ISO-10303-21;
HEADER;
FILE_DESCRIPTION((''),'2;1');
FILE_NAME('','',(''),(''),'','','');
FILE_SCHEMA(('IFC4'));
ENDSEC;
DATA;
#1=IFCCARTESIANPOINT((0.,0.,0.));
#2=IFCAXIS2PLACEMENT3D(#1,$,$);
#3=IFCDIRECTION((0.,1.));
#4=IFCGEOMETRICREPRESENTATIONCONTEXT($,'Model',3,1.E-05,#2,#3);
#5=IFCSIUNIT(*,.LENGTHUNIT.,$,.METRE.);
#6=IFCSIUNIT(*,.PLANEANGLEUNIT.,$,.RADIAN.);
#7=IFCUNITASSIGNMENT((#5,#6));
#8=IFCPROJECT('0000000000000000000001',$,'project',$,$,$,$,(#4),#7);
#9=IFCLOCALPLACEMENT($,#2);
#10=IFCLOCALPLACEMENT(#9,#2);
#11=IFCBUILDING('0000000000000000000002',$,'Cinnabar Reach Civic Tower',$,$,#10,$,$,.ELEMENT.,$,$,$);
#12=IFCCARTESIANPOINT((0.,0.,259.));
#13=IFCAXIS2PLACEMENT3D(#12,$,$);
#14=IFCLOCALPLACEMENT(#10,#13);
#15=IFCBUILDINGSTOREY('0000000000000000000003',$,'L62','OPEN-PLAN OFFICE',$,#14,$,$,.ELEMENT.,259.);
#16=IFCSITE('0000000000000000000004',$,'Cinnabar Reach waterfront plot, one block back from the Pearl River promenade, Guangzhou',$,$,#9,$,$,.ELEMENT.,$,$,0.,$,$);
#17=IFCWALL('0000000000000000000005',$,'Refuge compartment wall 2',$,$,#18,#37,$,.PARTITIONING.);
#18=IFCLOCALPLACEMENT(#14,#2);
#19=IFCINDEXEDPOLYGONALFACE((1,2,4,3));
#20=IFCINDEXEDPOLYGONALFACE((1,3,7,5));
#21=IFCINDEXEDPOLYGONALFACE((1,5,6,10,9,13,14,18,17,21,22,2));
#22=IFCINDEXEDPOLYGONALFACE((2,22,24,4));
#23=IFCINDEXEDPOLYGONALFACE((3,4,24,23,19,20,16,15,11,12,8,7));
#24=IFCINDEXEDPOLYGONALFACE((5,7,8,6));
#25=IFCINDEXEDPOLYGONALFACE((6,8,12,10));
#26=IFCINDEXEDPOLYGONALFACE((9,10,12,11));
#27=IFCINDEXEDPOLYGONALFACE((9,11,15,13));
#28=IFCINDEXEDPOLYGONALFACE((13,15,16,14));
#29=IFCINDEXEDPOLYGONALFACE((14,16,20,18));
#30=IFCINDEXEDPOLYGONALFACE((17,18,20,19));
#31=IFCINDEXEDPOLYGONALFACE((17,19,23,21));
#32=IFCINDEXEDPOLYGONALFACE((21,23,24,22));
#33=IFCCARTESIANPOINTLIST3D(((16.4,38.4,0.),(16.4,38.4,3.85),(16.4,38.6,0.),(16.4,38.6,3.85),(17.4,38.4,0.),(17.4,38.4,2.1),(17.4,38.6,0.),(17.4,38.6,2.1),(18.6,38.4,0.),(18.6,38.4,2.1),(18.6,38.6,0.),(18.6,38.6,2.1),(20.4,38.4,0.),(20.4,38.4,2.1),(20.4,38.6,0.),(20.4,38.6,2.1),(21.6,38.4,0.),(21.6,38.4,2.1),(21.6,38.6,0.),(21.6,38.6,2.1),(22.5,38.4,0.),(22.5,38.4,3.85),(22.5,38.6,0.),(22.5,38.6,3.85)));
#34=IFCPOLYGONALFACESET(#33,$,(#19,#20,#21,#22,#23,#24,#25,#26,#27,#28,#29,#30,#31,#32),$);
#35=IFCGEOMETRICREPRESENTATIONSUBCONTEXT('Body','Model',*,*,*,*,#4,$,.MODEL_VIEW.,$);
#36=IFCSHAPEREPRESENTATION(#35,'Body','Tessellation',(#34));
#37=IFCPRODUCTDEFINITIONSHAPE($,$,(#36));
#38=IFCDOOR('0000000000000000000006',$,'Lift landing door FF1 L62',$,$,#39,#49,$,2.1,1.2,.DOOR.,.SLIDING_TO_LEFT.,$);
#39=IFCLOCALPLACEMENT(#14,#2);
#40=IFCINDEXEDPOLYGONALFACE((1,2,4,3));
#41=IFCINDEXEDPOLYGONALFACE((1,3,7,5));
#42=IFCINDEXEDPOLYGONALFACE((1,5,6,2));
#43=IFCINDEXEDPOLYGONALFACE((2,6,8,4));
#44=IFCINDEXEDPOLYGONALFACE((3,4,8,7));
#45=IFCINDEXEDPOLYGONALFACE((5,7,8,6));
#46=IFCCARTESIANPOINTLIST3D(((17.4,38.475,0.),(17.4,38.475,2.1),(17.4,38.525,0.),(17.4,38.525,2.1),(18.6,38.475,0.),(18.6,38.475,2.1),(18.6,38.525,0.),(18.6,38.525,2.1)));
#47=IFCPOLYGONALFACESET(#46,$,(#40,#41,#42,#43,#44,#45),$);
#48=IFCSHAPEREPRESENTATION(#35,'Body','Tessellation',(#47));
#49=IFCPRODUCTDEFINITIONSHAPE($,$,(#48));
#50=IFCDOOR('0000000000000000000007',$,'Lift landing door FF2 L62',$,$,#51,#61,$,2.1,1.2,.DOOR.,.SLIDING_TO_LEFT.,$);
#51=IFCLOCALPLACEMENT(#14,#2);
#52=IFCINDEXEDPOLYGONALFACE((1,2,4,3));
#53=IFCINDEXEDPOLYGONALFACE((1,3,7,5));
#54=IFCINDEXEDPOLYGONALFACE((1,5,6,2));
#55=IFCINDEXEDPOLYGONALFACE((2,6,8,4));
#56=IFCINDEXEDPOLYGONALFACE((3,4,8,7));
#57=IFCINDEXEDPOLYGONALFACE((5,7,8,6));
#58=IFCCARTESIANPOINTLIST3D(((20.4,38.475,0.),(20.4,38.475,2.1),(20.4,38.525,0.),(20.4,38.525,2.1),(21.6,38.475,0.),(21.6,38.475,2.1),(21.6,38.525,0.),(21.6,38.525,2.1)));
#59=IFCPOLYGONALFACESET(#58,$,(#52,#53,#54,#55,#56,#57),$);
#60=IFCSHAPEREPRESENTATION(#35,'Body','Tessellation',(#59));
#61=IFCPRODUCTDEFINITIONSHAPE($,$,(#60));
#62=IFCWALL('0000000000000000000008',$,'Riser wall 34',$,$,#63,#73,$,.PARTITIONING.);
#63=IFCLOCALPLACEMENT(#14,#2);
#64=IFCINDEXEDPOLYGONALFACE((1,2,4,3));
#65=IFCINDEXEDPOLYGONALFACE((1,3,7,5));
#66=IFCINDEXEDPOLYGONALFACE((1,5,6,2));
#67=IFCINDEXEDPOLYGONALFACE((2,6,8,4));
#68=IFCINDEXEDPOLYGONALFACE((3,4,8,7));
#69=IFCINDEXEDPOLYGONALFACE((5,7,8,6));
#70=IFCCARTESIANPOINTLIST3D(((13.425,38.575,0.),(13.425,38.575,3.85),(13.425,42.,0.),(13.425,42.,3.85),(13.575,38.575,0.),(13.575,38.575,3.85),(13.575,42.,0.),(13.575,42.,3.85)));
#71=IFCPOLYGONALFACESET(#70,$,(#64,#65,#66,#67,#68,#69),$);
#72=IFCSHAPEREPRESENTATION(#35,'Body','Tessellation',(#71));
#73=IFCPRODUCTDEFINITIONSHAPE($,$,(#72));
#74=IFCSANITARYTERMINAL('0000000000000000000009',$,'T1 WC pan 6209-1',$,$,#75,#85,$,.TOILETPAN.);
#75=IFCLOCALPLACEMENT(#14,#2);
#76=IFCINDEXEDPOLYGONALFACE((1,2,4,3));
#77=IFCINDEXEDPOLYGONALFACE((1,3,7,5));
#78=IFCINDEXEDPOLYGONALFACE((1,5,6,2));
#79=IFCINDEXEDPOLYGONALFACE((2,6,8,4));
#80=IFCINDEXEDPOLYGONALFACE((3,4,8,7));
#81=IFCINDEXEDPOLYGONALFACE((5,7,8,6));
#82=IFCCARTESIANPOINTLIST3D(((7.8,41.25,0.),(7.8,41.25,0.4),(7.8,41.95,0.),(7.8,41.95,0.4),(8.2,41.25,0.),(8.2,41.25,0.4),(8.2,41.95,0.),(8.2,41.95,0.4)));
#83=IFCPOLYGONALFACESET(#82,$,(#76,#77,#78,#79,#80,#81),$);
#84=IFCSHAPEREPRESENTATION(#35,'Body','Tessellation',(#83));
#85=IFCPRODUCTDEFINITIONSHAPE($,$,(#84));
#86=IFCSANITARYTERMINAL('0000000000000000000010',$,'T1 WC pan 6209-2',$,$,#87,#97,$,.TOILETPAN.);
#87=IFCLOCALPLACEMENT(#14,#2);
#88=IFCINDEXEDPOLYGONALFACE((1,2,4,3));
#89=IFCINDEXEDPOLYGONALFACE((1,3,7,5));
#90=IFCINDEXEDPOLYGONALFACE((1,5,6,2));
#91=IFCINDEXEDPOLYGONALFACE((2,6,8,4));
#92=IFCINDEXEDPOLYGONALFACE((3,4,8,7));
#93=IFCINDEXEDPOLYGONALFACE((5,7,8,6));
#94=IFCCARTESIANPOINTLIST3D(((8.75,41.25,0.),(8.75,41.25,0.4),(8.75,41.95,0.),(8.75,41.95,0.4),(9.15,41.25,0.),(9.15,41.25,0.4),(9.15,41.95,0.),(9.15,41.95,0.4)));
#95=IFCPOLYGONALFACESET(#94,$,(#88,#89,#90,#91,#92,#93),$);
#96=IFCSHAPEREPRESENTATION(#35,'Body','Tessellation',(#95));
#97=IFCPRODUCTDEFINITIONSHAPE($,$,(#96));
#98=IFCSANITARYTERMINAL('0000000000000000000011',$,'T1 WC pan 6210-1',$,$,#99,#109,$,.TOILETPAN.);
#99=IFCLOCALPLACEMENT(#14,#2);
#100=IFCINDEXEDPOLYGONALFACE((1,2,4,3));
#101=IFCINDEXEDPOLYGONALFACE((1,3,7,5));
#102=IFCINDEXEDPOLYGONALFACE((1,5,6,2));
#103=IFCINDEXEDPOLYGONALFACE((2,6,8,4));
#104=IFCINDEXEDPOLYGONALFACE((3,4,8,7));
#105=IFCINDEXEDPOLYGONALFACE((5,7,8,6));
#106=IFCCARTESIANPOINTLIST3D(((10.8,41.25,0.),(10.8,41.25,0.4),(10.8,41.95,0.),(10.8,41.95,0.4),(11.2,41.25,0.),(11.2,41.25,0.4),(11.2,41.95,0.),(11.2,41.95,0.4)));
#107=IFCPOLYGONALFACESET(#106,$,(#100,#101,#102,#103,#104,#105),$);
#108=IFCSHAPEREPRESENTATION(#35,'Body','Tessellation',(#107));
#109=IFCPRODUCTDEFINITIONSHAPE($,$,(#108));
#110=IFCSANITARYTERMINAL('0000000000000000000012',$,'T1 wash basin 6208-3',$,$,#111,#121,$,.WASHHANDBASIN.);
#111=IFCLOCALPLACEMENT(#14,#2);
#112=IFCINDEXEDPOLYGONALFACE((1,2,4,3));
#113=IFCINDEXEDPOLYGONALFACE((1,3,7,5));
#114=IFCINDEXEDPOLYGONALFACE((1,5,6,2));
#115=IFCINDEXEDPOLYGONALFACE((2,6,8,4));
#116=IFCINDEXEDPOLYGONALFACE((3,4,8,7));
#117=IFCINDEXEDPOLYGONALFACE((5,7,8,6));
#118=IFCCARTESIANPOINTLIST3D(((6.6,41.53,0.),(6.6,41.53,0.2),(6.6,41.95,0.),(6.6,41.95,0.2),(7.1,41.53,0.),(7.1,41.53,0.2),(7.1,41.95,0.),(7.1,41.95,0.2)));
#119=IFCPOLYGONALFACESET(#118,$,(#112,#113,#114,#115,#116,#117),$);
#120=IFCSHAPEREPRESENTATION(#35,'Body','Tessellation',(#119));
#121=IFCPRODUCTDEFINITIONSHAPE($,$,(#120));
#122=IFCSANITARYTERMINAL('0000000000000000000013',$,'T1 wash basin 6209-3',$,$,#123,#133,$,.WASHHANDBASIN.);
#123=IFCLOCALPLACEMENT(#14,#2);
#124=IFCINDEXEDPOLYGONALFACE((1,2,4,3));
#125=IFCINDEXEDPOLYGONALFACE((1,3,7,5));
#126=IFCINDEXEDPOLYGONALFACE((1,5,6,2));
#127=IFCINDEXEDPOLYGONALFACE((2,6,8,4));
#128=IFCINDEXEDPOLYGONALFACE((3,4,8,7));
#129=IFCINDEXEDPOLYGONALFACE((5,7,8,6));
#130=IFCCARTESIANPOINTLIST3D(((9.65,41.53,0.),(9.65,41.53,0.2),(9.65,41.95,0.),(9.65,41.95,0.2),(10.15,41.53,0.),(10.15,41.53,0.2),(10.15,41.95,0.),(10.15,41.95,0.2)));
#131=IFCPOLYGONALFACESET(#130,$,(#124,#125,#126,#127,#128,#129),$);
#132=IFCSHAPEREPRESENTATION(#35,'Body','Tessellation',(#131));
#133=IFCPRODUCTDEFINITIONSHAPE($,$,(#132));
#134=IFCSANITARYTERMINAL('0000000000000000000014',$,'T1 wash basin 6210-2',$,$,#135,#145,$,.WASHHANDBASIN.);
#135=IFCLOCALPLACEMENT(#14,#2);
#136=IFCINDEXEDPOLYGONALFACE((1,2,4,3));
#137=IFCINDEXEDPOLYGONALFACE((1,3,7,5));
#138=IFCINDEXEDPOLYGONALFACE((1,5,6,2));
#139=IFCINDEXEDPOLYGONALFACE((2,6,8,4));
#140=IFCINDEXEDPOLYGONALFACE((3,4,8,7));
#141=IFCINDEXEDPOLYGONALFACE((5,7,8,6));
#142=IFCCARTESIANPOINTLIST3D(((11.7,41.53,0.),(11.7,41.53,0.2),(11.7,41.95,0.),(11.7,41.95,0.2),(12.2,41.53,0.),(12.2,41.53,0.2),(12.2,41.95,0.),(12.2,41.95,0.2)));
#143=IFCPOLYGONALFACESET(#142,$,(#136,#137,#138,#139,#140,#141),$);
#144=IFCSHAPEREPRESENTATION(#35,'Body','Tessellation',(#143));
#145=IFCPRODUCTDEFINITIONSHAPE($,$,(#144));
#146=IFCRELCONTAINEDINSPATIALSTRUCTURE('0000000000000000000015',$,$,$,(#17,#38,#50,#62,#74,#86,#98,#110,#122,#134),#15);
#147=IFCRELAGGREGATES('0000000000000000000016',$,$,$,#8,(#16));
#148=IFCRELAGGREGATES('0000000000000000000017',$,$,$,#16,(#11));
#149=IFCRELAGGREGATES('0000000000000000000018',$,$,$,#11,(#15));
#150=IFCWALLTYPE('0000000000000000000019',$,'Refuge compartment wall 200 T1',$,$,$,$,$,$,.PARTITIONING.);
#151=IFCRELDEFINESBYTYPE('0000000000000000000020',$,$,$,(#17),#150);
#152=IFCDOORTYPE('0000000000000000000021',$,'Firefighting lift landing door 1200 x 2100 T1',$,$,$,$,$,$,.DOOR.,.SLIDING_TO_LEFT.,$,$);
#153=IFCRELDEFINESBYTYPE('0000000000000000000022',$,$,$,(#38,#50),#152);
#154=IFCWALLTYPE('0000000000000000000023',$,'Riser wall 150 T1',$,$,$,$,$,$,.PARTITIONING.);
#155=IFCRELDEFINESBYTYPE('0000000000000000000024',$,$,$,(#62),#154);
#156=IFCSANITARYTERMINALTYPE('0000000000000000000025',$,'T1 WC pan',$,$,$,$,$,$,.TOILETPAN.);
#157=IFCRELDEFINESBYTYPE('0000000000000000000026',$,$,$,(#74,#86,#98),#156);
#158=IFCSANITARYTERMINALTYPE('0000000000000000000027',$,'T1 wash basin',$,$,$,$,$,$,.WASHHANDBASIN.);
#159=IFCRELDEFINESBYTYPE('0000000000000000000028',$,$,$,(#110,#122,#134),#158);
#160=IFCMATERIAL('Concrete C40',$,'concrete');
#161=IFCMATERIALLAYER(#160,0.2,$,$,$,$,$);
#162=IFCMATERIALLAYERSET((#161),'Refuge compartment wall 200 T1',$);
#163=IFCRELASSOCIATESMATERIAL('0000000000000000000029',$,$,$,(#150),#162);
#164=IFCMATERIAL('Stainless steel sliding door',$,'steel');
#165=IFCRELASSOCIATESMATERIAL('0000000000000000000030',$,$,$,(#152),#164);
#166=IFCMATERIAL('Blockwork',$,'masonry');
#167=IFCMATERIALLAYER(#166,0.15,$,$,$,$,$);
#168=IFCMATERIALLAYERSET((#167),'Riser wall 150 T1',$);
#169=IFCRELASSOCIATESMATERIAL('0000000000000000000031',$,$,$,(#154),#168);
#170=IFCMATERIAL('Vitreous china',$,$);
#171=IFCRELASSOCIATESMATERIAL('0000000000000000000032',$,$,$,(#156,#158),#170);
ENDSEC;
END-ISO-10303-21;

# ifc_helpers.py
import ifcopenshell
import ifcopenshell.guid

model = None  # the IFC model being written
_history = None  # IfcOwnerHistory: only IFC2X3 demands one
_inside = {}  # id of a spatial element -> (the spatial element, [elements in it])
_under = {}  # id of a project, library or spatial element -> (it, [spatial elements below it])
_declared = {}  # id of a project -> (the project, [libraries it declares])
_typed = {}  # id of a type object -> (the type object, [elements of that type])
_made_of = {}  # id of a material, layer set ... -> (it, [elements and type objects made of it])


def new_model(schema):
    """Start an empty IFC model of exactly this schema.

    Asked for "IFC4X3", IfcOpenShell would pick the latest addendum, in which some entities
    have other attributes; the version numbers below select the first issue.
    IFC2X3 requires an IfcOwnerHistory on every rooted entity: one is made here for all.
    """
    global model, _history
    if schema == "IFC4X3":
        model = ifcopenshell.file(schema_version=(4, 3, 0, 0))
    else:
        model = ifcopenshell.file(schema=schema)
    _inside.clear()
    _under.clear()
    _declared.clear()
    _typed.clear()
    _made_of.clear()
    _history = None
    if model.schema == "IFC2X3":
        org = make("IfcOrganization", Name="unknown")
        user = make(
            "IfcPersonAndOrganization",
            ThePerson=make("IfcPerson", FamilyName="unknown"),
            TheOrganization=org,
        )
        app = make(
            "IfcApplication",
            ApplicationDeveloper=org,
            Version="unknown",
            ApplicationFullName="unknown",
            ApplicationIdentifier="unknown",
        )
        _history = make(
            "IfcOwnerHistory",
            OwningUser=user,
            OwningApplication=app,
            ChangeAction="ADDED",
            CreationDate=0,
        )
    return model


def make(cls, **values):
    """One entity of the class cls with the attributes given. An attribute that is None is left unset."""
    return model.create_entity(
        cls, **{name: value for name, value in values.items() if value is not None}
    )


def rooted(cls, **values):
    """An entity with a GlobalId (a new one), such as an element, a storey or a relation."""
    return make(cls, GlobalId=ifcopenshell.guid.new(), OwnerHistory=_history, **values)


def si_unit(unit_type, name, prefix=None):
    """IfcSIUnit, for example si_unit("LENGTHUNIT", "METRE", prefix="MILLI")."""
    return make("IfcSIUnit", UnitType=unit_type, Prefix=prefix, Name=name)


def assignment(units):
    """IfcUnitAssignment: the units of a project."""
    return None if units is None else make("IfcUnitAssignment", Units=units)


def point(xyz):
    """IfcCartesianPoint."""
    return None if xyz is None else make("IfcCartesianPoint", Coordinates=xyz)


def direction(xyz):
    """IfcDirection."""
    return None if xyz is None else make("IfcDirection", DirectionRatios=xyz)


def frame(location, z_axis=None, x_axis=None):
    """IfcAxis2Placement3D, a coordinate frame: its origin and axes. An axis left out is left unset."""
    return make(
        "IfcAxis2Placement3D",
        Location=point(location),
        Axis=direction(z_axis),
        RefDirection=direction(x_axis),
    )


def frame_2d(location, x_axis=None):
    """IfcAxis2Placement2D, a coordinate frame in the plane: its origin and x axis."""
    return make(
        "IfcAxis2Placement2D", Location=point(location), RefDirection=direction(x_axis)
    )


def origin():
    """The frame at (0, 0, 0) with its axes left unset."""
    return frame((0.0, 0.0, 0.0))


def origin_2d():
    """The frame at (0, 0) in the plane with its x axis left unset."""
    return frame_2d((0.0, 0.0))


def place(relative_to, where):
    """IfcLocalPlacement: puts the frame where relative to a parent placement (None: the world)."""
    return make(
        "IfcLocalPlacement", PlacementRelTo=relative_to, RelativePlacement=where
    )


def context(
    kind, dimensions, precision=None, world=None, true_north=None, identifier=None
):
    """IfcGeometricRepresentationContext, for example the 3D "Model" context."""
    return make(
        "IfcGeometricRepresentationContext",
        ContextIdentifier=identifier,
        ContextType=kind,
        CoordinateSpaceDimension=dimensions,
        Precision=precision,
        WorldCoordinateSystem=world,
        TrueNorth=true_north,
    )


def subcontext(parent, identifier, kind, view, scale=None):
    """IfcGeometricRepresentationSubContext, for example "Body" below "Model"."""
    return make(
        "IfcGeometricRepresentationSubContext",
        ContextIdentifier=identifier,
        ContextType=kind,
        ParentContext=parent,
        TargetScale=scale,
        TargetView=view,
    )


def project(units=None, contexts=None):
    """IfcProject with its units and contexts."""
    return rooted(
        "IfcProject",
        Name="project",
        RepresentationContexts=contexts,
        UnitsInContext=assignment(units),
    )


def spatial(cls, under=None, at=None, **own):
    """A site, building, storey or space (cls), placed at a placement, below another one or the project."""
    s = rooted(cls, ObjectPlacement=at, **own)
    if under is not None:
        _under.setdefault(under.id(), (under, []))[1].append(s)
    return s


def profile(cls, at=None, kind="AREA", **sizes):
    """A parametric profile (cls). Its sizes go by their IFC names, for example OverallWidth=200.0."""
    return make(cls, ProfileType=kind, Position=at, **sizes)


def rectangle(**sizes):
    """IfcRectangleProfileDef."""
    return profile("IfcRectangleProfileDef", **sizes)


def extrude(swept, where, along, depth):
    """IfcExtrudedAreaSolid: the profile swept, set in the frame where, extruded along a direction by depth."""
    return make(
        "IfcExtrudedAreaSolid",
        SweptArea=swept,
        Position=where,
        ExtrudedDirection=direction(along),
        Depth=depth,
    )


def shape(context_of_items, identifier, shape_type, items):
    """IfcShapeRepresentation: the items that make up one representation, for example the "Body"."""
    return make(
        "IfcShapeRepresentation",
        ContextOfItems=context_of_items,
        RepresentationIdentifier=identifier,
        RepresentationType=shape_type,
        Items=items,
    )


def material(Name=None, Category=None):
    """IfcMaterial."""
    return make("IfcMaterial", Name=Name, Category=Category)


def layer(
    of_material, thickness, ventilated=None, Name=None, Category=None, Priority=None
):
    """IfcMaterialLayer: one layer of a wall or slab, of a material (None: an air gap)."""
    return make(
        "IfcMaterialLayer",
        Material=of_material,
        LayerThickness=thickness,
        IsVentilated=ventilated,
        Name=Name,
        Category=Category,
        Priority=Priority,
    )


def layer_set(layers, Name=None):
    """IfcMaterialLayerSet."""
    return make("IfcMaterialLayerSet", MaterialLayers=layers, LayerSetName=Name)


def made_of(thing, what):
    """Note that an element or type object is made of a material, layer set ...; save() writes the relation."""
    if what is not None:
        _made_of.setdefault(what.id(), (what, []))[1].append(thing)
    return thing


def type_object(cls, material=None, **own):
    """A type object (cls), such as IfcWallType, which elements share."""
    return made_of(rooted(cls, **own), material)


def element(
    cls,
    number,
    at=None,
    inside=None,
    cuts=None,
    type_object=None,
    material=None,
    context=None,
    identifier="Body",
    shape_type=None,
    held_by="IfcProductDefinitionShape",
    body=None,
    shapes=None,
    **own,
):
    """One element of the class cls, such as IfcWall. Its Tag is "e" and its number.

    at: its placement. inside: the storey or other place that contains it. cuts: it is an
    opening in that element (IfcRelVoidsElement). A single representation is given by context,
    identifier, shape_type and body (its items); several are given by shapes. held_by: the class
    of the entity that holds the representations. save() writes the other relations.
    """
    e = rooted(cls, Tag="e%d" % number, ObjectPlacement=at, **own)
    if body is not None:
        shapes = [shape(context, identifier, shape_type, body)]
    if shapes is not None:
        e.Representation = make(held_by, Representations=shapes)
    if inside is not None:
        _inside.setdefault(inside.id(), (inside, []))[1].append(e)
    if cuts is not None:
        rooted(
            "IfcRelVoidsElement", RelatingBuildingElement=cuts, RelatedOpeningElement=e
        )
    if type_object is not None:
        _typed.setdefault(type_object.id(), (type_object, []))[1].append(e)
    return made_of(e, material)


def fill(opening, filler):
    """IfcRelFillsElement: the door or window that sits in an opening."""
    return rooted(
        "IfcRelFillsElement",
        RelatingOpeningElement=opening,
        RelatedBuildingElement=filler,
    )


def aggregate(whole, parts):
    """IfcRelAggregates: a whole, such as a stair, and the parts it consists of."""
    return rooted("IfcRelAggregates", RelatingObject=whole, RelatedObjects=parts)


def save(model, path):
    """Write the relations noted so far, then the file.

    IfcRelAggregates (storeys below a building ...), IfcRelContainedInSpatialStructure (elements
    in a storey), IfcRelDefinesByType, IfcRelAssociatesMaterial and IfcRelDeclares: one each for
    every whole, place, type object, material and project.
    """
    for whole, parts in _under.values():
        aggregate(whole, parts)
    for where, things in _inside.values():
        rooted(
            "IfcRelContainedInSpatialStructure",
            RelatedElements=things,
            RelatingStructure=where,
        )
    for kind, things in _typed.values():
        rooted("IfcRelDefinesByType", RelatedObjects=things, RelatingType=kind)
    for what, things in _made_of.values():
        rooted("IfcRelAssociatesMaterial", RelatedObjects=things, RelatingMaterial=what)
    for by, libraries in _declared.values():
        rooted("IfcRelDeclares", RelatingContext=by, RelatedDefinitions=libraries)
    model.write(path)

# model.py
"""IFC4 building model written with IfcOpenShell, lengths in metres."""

from ifc_helpers import new_model, si_unit, direction, frame, frame_2d, origin, origin_2d, place, context, subcontext, project, spatial, rectangle, extrude, material, layer, layer_set, type_object, element, fill, save


model = new_model("IFC4")

# Units and contexts
model_context = context("Model", 3, precision=1e-05, world=origin(), true_north=direction((0.0, 1.0)))
body_context = subcontext(model_context, "Body", "Model", "MODEL_VIEW")
ifc_project = project(units=[si_unit("LENGTHUNIT", "METRE"), si_unit("PLANEANGLEUNIT", "RADIAN")], contexts=[model_context])

# Site, building, storey
site_placement = place(None, origin())
site = spatial("IfcSite", under=ifc_project, at=site_placement, Name="Cinnabar Reach waterfront plot, one block back from the Pearl River promenade, Guangzhou", CompositionType="ELEMENT", RefElevation=0.0)
building_placement = place(site_placement, origin())
building = spatial("IfcBuilding", under=site, at=building_placement, Name="Cinnabar Reach Civic Tower", CompositionType="ELEMENT")
storey_placement = place(building_placement, frame((0.0, 0.0, 259.0)))
storey = spatial("IfcBuildingStorey", under=building, at=storey_placement, Name="L62", Description="OPEN-PLAN OFFICE", CompositionType="ELEMENT", Elevation=259.0)

# Wall, openings, doors
ifc_material_1 = material(Name="Concrete C40", Category="concrete")
ifc_layer_1 = layer(ifc_material_1, 0.2)
ifc_layer_set_1 = layer_set([ifc_layer_1], Name="Refuge compartment wall 200 T1")
wall_type_1 = type_object("IfcWallType", Name="Refuge compartment wall 200 T1", PredefinedType="PARTITIONING", material=ifc_layer_set_1)
wall_1_placement = place(storey_placement, frame((16.4, 38.5, 0.0), z_axis=(0.0, 0.0, 1.0), x_axis=(1.0, 0.0, 0.0)))
wall_1 = element("IfcWall", 1, at=wall_1_placement, inside=storey, type_object=wall_type_1, Name="Refuge compartment wall 2", PredefinedType="PARTITIONING", context=body_context, shape_type="SweptSolid", body=[
    extrude(rectangle(XDim=6.1, YDim=0.2, at=frame_2d((3.05, 0.0))), origin(), (0.0, 0.0, 1.0), 3.85),
])
opening_1_placement = place(wall_1_placement, frame((1.0, 0.0, 0.0)))
opening_1 = element("IfcOpeningElement", 2, at=opening_1_placement, cuts=wall_1, PredefinedType="OPENING", context=body_context, shape_type="SweptSolid", body=[
    extrude(rectangle(XDim=1.2, YDim=2.1, at=frame_2d((0.6, 1.05))), frame((0.0, 0.11, 0.0), z_axis=(0.0, -1.0, 0.0), x_axis=(1.0, 0.0, 0.0)), (0.0, 0.0, 1.0), 0.22),
])
opening_2_placement = place(wall_1_placement, frame((4.0, 0.0, 0.0)))
opening_2 = element("IfcOpeningElement", 3, at=opening_2_placement, cuts=wall_1, PredefinedType="OPENING", context=body_context, shape_type="SweptSolid", body=[
    extrude(rectangle(XDim=1.2, YDim=2.1, at=frame_2d((0.6, 1.05))), frame((0.0, 0.11, 0.0), z_axis=(0.0, -1.0, 0.0), x_axis=(1.0, 0.0, 0.0)), (0.0, 0.0, 1.0), 0.22),
])
ifc_material_2 = material(Name="Stainless steel sliding door", Category="steel")
door_type = type_object("IfcDoorType", Name="Firefighting lift landing door 1200 x 2100 T1", OperationType="SLIDING_TO_LEFT", PredefinedType="DOOR", material=ifc_material_2)
door_1_placement = place(opening_1_placement, origin())
door_1 = element("IfcDoor", 4, at=door_1_placement, inside=storey, type_object=door_type, Name="Lift landing door FF1 L62", OperationType="SLIDING_TO_LEFT", OverallHeight=2.1, OverallWidth=1.2, PredefinedType="DOOR", context=body_context, shape_type="SweptSolid", body=[
    extrude(rectangle(XDim=1.2, YDim=2.1, at=frame_2d((0.6, 1.05))), frame((0.0, 0.025, 0.0), z_axis=(0.0, -1.0, 0.0), x_axis=(1.0, 0.0, 0.0)), (0.0, 0.0, 1.0), 0.05),
])
fill(opening_1, door_1)
door_2_placement = place(opening_2_placement, origin())
door_2 = element("IfcDoor", 5, at=door_2_placement, inside=storey, type_object=door_type, Name="Lift landing door FF2 L62", OperationType="SLIDING_TO_LEFT", OverallHeight=2.1, OverallWidth=1.2, PredefinedType="DOOR", context=body_context, shape_type="SweptSolid", body=[
    extrude(rectangle(XDim=1.2, YDim=2.1, at=frame_2d((0.6, 1.05))), frame((0.0, 0.025, 0.0), z_axis=(0.0, -1.0, 0.0), x_axis=(1.0, 0.0, 0.0)), (0.0, 0.0, 1.0), 0.05),
])
fill(opening_2, door_2)

# Wall
ifc_material_3 = material(Name="Blockwork", Category="masonry")
ifc_layer_2 = layer(ifc_material_3, 0.15)
ifc_layer_set_2 = layer_set([ifc_layer_2], Name="Riser wall 150 T1")
wall_type_2 = type_object("IfcWallType", Name="Riser wall 150 T1", PredefinedType="PARTITIONING", material=ifc_layer_set_2)
wall_2_placement = place(storey_placement, frame((13.5, 38.575, 0.0), z_axis=(0.0, 0.0, 1.0), x_axis=(0.0, 1.0, 0.0)))
element("IfcWall", 6, at=wall_2_placement, inside=storey, type_object=wall_type_2, Name="Riser wall 34", PredefinedType="PARTITIONING", context=body_context, shape_type="SweptSolid", body=[
    extrude(rectangle(XDim=3.425, YDim=0.15, at=frame_2d((1.7125, 0.0))), origin(), (0.0, 0.0, 1.0), 3.85),
])

# Sanitary terminals
ifc_material_4 = material(Name="Vitreous china")
sanitary_terminal_type_1 = type_object("IfcSanitaryTerminalType", Name="T1 WC pan", PredefinedType="TOILETPAN", material=ifc_material_4)
for number, where, z_axis, x_axis, name in (
    (7, (8.0, 41.6, 0.0), (0.0, 0.0, 1.0), (1.0, 0.0, 0.0), "T1 WC pan 6209-1"),
    (8, (8.95, 41.6, 0.0), (0.0, 0.0, 1.0), (1.0, 0.0, 0.0), "T1 WC pan 6209-2"),
    (9, (11.0, 41.6, 0.0), (0.0, 0.0, 1.0), (1.0, 0.0, 0.0), "T1 WC pan 6210-1"),
):
    element("IfcSanitaryTerminal", number, at=place(storey_placement, frame(where, z_axis=z_axis, x_axis=x_axis)), inside=storey, type_object=sanitary_terminal_type_1, Name=name, PredefinedType="TOILETPAN", context=body_context, shape_type="SweptSolid", body=[
        extrude(rectangle(XDim=0.4, YDim=0.7, at=origin_2d()), origin(), (0.0, 0.0, 1.0), 0.4),
    ])
sanitary_terminal_type_2 = type_object("IfcSanitaryTerminalType", Name="T1 wash basin", PredefinedType="WASHHANDBASIN", material=ifc_material_4)
for number, where, z_axis, x_axis, name in (
    (10, (6.85, 41.74, 0.0), (0.0, 0.0, 1.0), (1.0, 0.0, 0.0), "T1 wash basin 6208-3"),
    (11, (9.9, 41.74, 0.0), (0.0, 0.0, 1.0), (1.0, 0.0, 0.0), "T1 wash basin 6209-3"),
    (12, (11.95, 41.74, 0.0), (0.0, 0.0, 1.0), (1.0, 0.0, 0.0), "T1 wash basin 6210-2"),
):
    element("IfcSanitaryTerminal", number, at=place(storey_placement, frame(where, z_axis=z_axis, x_axis=x_axis)), inside=storey, type_object=sanitary_terminal_type_2, Name=name, PredefinedType="WASHHANDBASIN", context=body_context, shape_type="SweptSolid", body=[
        extrude(rectangle(XDim=0.5, YDim=0.42, at=origin_2d()), origin(), (0.0, 0.0, 1.0), 0.2),
    ])

save(model, "model.ifc")
